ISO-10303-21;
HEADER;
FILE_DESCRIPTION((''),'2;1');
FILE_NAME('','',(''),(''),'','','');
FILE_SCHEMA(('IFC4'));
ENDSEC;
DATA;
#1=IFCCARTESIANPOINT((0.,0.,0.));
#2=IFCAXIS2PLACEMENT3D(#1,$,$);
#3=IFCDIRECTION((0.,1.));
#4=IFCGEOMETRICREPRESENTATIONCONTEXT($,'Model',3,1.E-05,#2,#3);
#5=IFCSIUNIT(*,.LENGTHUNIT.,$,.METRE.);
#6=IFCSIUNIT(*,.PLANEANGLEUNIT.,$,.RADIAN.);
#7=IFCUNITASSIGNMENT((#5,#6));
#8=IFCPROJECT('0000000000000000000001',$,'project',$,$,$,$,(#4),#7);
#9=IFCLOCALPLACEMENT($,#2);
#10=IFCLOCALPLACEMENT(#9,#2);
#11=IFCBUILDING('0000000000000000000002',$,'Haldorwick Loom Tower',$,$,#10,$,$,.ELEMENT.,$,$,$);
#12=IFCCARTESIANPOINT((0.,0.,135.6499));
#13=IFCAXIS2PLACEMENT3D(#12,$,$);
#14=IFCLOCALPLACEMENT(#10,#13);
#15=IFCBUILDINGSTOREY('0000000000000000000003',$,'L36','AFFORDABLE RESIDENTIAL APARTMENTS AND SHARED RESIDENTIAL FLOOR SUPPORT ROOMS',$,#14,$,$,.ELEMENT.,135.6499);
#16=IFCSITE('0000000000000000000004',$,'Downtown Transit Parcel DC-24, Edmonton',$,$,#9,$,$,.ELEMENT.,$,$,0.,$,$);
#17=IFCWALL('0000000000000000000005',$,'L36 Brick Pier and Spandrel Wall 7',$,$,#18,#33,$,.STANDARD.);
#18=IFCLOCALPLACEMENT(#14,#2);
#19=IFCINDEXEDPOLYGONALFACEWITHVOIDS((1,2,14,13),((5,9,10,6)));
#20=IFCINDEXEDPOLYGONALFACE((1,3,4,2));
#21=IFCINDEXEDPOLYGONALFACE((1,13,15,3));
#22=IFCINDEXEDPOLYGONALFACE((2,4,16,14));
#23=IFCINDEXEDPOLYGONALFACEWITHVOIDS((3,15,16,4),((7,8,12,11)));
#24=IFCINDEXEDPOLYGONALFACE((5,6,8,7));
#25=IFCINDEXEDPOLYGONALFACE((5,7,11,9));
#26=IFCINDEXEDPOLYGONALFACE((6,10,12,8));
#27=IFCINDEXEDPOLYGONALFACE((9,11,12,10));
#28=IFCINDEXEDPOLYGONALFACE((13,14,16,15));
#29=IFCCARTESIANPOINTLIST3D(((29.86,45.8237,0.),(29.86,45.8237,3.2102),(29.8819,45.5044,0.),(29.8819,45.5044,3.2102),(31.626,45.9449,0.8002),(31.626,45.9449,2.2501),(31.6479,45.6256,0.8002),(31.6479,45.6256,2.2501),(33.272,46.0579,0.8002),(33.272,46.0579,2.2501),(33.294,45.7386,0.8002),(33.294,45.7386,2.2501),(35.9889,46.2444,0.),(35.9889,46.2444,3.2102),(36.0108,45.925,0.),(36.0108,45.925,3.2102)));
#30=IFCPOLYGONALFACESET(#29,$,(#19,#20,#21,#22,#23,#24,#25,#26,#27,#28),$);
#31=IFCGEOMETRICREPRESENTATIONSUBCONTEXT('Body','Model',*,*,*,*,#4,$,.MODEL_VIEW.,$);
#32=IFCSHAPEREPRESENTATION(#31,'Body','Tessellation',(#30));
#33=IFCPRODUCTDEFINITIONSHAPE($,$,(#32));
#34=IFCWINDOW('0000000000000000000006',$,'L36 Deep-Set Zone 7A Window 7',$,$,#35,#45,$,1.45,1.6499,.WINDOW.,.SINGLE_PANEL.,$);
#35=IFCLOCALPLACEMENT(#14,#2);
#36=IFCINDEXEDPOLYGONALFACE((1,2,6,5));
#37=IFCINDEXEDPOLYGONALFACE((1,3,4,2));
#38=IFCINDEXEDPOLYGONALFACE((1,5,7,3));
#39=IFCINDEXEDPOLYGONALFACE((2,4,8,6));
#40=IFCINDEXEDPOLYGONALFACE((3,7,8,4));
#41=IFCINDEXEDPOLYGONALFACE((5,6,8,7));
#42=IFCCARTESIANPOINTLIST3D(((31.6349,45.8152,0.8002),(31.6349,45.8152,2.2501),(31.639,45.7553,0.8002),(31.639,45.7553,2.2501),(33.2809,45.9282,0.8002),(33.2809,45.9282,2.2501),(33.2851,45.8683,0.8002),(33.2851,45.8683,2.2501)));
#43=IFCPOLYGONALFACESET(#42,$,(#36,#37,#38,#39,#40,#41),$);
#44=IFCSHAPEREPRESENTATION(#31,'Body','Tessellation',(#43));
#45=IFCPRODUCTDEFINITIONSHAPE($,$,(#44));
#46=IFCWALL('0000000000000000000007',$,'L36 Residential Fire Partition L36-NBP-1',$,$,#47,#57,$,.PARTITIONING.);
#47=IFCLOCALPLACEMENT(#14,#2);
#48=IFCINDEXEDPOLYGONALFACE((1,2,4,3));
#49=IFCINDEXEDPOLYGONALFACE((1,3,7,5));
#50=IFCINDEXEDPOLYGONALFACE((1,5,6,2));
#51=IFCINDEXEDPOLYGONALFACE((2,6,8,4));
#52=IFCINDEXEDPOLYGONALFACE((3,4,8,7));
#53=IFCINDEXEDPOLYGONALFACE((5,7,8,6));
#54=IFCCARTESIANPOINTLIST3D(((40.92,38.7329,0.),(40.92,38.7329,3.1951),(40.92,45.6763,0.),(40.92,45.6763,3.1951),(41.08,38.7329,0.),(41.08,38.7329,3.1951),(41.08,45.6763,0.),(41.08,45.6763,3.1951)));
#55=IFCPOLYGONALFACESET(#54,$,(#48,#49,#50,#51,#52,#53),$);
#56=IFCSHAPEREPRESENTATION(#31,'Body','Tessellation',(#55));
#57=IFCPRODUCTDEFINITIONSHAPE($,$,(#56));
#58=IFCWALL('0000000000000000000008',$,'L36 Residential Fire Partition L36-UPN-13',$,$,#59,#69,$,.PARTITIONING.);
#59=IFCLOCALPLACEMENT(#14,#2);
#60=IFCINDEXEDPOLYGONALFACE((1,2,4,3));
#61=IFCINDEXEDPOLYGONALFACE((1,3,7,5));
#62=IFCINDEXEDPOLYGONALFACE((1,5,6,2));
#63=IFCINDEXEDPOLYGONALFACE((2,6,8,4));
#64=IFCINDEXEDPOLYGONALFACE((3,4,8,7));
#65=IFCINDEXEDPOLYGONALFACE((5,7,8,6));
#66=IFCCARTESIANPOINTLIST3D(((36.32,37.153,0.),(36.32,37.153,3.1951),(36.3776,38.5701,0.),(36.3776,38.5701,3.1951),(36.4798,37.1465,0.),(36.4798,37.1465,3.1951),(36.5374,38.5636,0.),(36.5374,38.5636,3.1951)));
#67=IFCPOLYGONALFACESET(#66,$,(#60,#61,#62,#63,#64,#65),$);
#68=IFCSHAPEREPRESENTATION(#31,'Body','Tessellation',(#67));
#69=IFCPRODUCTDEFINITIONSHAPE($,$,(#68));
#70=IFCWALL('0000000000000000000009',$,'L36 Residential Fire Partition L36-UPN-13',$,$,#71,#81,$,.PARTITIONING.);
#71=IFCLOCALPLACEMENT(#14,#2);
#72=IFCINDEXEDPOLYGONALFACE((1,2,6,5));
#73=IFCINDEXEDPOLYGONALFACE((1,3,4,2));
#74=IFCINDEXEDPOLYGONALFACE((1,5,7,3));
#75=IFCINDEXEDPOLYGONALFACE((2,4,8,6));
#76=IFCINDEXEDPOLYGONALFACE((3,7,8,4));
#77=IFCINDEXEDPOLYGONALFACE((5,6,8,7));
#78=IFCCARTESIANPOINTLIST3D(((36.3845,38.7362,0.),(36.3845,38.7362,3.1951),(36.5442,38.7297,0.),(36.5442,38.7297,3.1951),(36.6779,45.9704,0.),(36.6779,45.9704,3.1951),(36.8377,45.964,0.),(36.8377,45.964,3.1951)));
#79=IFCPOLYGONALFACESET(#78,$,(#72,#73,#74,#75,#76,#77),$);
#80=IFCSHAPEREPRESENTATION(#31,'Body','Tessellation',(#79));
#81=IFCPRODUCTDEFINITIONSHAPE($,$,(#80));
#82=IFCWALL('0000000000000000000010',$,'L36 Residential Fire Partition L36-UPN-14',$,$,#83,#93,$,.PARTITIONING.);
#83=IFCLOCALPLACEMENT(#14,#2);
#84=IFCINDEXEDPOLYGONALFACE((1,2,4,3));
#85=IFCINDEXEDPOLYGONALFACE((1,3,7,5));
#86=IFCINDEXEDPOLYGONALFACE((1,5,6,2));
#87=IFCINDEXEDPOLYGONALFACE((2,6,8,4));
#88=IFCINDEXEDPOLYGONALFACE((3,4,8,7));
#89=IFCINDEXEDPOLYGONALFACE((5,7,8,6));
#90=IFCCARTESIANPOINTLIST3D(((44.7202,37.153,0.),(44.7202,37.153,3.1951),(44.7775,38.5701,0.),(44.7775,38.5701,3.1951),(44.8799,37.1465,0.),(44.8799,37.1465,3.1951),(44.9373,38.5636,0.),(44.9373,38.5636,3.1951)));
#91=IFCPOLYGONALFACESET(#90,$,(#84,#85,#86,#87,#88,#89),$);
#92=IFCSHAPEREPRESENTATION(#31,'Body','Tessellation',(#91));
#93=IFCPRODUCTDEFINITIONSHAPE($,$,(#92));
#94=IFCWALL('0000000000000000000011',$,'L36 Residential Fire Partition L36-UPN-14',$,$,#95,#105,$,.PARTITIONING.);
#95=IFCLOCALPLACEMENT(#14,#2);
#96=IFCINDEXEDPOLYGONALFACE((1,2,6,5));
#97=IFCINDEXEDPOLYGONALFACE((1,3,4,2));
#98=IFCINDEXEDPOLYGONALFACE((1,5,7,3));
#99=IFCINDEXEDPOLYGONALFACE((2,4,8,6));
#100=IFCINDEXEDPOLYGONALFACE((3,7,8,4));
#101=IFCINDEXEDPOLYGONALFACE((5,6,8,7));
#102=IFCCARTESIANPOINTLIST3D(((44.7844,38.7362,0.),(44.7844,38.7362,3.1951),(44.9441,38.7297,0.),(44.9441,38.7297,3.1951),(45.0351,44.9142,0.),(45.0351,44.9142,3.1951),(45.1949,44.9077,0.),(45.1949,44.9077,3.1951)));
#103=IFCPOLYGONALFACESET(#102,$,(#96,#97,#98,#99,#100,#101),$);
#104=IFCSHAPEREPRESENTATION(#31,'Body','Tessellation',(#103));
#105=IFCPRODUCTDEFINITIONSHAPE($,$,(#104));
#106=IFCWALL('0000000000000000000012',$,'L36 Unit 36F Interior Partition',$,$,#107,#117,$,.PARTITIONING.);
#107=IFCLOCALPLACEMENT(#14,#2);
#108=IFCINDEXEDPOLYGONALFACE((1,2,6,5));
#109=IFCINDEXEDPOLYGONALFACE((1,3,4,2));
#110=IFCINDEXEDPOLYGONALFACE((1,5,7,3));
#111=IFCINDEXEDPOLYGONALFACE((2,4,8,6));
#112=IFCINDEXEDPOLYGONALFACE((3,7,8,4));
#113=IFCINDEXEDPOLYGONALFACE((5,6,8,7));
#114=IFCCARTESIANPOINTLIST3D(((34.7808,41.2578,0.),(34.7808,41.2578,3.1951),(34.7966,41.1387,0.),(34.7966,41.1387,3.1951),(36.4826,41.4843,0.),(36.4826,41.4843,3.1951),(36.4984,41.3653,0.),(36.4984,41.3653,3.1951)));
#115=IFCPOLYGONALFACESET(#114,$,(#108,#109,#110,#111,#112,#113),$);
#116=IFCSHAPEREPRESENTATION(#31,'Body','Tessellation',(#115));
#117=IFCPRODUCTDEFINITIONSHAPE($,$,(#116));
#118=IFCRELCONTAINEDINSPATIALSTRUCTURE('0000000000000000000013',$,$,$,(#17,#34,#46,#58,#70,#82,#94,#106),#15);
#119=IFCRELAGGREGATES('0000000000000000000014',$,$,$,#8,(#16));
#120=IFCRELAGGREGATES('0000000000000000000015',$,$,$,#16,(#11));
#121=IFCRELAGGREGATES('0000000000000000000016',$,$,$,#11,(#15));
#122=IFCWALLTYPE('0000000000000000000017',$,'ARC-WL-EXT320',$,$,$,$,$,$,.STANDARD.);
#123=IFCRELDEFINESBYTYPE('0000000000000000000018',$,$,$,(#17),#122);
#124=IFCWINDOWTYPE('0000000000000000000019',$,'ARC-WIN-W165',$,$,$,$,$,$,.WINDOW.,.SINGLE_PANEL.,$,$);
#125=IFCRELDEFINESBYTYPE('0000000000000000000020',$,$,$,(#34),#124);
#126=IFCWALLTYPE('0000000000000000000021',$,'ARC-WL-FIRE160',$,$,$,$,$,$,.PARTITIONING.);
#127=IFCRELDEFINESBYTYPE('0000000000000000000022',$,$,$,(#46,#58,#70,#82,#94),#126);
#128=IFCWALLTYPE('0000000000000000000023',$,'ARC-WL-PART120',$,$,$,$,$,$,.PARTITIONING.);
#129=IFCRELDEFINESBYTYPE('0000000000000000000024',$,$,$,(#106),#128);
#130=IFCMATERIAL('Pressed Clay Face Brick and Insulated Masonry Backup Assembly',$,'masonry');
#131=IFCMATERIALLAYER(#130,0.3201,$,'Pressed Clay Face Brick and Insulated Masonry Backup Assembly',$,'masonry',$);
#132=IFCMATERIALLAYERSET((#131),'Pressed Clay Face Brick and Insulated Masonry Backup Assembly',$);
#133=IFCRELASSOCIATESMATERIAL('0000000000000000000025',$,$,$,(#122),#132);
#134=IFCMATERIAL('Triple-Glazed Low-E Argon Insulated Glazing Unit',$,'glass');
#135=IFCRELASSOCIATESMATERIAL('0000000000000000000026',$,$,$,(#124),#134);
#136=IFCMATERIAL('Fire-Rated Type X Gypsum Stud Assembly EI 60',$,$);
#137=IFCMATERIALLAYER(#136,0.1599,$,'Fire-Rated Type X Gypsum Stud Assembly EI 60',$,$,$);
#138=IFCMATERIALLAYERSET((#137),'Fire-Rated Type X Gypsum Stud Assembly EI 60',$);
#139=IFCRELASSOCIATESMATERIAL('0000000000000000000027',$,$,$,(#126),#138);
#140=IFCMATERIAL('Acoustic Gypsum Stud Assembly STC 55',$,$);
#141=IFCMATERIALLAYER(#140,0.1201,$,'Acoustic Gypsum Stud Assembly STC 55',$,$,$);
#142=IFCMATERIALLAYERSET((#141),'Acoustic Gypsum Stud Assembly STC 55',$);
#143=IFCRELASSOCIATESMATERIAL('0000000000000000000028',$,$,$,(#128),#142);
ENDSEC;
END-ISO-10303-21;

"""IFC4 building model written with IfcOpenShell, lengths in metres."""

from ifc_helpers import new_model, si_unit, direction, frame, frame_2d, origin, place, context, subcontext, project, spatial, rectangle, extrude, material, layer, layer_set, type_object, element, fill, save


model = new_model("IFC4")

# Units and contexts
model_context = context("Model", 3, precision=1e-05, world=origin(), true_north=direction((0.0, 1.0)))
body_context = subcontext(model_context, "Body", "Model", "MODEL_VIEW")
ifc_project = project(units=[si_unit("LENGTHUNIT", "METRE"), si_unit("PLANEANGLEUNIT", "RADIAN")], contexts=[model_context])

# Site, building, storey
site_placement = place(None, origin())
site = spatial("IfcSite", under=ifc_project, at=site_placement, Name="Downtown Transit Parcel DC-24, Edmonton", CompositionType="ELEMENT", RefElevation=0.0)
building_placement = place(site_placement, origin())
building = spatial("IfcBuilding", under=site, at=building_placement, Name="Haldorwick Loom Tower", CompositionType="ELEMENT")
storey_placement = place(building_placement, frame((0.0, 0.0, 135.6499)))
storey = spatial("IfcBuildingStorey", under=building, at=storey_placement, Name="L36", Description="AFFORDABLE RESIDENTIAL APARTMENTS AND SHARED RESIDENTIAL FLOOR SUPPORT ROOMS", CompositionType="ELEMENT", Elevation=135.6499)

# Wall, opening, window
ifc_material_1 = material(Name="Pressed Clay Face Brick and Insulated Masonry Backup Assembly", Category="masonry")
ifc_layer_1 = layer(ifc_material_1, 0.3201, Name="Pressed Clay Face Brick and Insulated Masonry Backup Assembly", Category="masonry")
ifc_layer_set_1 = layer_set([ifc_layer_1], Name="Pressed Clay Face Brick and Insulated Masonry Backup Assembly")
wall_type_1 = type_object("IfcWallType", Name="ARC-WL-EXT320", PredefinedType="STANDARD", material=ifc_layer_set_1)
ifc_material_2 = material(Name="Triple-Glazed Low-E Argon Insulated Glazing Unit", Category="glass")
window_type = type_object("IfcWindowType", Name="ARC-WIN-W165", PartitioningType="SINGLE_PANEL", PredefinedType="WINDOW", material=ifc_material_2)
wall_1_placement = place(storey_placement, frame((36.0, 46.0847, 0.0), z_axis=(0.0, 0.0, 1.0), x_axis=(-0.997653, -0.068473, 0.0)))
wall_1 = element("IfcWall", 1, at=wall_1_placement, inside=storey, type_object=wall_type_1, Name="L36 Brick Pier and Spandrel Wall 7", PredefinedType="STANDARD", context=body_context, shape_type="SweptSolid", body=[
    extrude(rectangle(XDim=6.1433, YDim=0.3201, at=frame_2d((3.0718, 0.0))), origin(), (0.0, 0.0, 1.0), 3.2102),
])
opening_1_placement = place(wall_1_placement, frame((2.7234, 0.0, 0.8)))
opening_1 = element("IfcOpeningElement", 2, at=opening_1_placement, cuts=wall_1, PredefinedType="OPENING", context=body_context, shape_type="SweptSolid", body=[
    extrude(rectangle(XDim=1.6499, YDim=1.45, at=frame_2d((0.825, 0.7251))), frame((0.0, 0.1699, 0.0), z_axis=(0.0, -1.0, 0.0), x_axis=(1.0, 0.0, 0.0)), (0.0, 0.0, 1.0), 0.3401),
])
window_1_placement = place(opening_1_placement, origin())
window_1 = element("IfcWindow", 3, at=window_1_placement, inside=storey, type_object=window_type, Name="L36 Deep-Set Zone 7A Window 7", OverallHeight=1.45, OverallWidth=1.6499, PartitioningType="SINGLE_PANEL", PredefinedType="WINDOW", context=body_context, shape_type="SweptSolid", body=[
    extrude(rectangle(XDim=1.6499, YDim=1.45, at=frame_2d((0.825, 0.7251))), frame((0.0, 0.03, 0.0), z_axis=(0.0, -1.0, 0.0), x_axis=(1.0, 0.0, 0.0)), (0.0, 0.0, 1.0), 0.0601),
])
fill(opening_1, window_1)

# Walls
ifc_material_3 = material(Name="Fire-Rated Type X Gypsum Stud Assembly EI 60")
ifc_layer_2 = layer(ifc_material_3, 0.1599, Name="Fire-Rated Type X Gypsum Stud Assembly EI 60")
ifc_layer_set_2 = layer_set([ifc_layer_2], Name="Fire-Rated Type X Gypsum Stud Assembly EI 60")
wall_type_2 = type_object("IfcWallType", Name="ARC-WL-FIRE160", PredefinedType="PARTITIONING", material=ifc_layer_set_2)
wall_2_placement = place(storey_placement, frame((41.0, 38.7329, 0.0), z_axis=(0.0, 0.0, 1.0), x_axis=(0.0, 1.0, 0.0)))
element("IfcWall", 4, at=wall_2_placement, inside=storey, type_object=wall_type_2, Name="L36 Residential Fire Partition L36-NBP-1", PredefinedType="PARTITIONING", context=body_context, shape_type="SweptSolid", body=[
    extrude(rectangle(XDim=6.9434, YDim=0.1599, at=frame_2d((3.4717, 0.0))), origin(), (0.0, 0.0, 1.0), 3.1951),
])
wall_3_placement = place(storey_placement, frame((36.3999, 37.1499, 0.0), z_axis=(0.0, 0.0, 1.0), x_axis=(0.040628, 0.999174, 0.0)))
element("IfcWall", 5, at=wall_3_placement, inside=storey, type_object=wall_type_2, Name="L36 Residential Fire Partition L36-UPN-13", PredefinedType="PARTITIONING", context=body_context, shape_type="SweptSolid", body=[
    extrude(rectangle(XDim=1.4182, YDim=0.1599, at=frame_2d((0.709, 0.0))), origin(), (0.0, 0.0, 1.0), 3.1951),
])
wall_4_placement = place(storey_placement, frame((36.4644, 38.7329, 0.0), z_axis=(0.0, 0.0, 1.0), x_axis=(0.040531, 0.999178, 0.0)))
element("IfcWall", 6, at=wall_4_placement, inside=storey, type_object=wall_type_2, Name="L36 Residential Fire Partition L36-UPN-13", PredefinedType="PARTITIONING", context=body_context, shape_type="SweptSolid", body=[
    extrude(rectangle(XDim=7.2402, YDim=0.1599, at=frame_2d((3.6201, 0.0))), origin(), (0.0, 0.0, 1.0), 3.1951),
])
wall_5_placement = place(storey_placement, frame((44.8, 37.1499, 0.0), z_axis=(0.0, 0.0, 1.0), x_axis=(0.040456, 0.999181, 0.0)))
element("IfcWall", 7, at=wall_5_placement, inside=storey, type_object=wall_type_2, Name="L36 Residential Fire Partition L36-UPN-14", PredefinedType="PARTITIONING", context=body_context, shape_type="SweptSolid", body=[
    extrude(rectangle(XDim=1.4182, YDim=0.1599, at=frame_2d((0.709, 0.0))), origin(), (0.0, 0.0, 1.0), 3.1951),
])
wall_6_placement = place(storey_placement, frame((44.8643, 38.7329, 0.0), z_axis=(0.0, 0.0, 1.0), x_axis=(0.040551, 0.999177, 0.0)))
element("IfcWall", 8, at=wall_6_placement, inside=storey, type_object=wall_type_2, Name="L36 Residential Fire Partition L36-UPN-14", PredefinedType="PARTITIONING", context=body_context, shape_type="SweptSolid", body=[
    extrude(rectangle(XDim=6.1831, YDim=0.1599, at=frame_2d((3.0916, 0.0))), origin(), (0.0, 0.0, 1.0), 3.1951),
])
ifc_material_4 = material(Name="Acoustic Gypsum Stud Assembly STC 55")
ifc_layer_3 = layer(ifc_material_4, 0.1201, Name="Acoustic Gypsum Stud Assembly STC 55")
ifc_layer_set_3 = layer_set([ifc_layer_3], Name="Acoustic Gypsum Stud Assembly STC 55")
wall_type_3 = type_object("IfcWallType", Name="ARC-WL-PART120", PredefinedType="PARTITIONING", material=ifc_layer_set_3)
wall_7_placement = place(storey_placement, frame((36.4905, 41.4248, 0.0), z_axis=(0.0, 0.0, 1.0), x_axis=(-0.991253, -0.131977, 0.0)))
element("IfcWall", 9, at=wall_7_placement, inside=storey, type_object=wall_type_3, Name="L36 Unit 36F Interior Partition", PredefinedType="PARTITIONING", context=body_context, shape_type="SweptSolid", body=[
    extrude(rectangle(XDim=1.7168, YDim=0.1201, at=frame_2d((0.8584, 0.0))), origin(), (0.0, 0.0, 1.0), 3.1951),
])

save(model, "model.ifc")
